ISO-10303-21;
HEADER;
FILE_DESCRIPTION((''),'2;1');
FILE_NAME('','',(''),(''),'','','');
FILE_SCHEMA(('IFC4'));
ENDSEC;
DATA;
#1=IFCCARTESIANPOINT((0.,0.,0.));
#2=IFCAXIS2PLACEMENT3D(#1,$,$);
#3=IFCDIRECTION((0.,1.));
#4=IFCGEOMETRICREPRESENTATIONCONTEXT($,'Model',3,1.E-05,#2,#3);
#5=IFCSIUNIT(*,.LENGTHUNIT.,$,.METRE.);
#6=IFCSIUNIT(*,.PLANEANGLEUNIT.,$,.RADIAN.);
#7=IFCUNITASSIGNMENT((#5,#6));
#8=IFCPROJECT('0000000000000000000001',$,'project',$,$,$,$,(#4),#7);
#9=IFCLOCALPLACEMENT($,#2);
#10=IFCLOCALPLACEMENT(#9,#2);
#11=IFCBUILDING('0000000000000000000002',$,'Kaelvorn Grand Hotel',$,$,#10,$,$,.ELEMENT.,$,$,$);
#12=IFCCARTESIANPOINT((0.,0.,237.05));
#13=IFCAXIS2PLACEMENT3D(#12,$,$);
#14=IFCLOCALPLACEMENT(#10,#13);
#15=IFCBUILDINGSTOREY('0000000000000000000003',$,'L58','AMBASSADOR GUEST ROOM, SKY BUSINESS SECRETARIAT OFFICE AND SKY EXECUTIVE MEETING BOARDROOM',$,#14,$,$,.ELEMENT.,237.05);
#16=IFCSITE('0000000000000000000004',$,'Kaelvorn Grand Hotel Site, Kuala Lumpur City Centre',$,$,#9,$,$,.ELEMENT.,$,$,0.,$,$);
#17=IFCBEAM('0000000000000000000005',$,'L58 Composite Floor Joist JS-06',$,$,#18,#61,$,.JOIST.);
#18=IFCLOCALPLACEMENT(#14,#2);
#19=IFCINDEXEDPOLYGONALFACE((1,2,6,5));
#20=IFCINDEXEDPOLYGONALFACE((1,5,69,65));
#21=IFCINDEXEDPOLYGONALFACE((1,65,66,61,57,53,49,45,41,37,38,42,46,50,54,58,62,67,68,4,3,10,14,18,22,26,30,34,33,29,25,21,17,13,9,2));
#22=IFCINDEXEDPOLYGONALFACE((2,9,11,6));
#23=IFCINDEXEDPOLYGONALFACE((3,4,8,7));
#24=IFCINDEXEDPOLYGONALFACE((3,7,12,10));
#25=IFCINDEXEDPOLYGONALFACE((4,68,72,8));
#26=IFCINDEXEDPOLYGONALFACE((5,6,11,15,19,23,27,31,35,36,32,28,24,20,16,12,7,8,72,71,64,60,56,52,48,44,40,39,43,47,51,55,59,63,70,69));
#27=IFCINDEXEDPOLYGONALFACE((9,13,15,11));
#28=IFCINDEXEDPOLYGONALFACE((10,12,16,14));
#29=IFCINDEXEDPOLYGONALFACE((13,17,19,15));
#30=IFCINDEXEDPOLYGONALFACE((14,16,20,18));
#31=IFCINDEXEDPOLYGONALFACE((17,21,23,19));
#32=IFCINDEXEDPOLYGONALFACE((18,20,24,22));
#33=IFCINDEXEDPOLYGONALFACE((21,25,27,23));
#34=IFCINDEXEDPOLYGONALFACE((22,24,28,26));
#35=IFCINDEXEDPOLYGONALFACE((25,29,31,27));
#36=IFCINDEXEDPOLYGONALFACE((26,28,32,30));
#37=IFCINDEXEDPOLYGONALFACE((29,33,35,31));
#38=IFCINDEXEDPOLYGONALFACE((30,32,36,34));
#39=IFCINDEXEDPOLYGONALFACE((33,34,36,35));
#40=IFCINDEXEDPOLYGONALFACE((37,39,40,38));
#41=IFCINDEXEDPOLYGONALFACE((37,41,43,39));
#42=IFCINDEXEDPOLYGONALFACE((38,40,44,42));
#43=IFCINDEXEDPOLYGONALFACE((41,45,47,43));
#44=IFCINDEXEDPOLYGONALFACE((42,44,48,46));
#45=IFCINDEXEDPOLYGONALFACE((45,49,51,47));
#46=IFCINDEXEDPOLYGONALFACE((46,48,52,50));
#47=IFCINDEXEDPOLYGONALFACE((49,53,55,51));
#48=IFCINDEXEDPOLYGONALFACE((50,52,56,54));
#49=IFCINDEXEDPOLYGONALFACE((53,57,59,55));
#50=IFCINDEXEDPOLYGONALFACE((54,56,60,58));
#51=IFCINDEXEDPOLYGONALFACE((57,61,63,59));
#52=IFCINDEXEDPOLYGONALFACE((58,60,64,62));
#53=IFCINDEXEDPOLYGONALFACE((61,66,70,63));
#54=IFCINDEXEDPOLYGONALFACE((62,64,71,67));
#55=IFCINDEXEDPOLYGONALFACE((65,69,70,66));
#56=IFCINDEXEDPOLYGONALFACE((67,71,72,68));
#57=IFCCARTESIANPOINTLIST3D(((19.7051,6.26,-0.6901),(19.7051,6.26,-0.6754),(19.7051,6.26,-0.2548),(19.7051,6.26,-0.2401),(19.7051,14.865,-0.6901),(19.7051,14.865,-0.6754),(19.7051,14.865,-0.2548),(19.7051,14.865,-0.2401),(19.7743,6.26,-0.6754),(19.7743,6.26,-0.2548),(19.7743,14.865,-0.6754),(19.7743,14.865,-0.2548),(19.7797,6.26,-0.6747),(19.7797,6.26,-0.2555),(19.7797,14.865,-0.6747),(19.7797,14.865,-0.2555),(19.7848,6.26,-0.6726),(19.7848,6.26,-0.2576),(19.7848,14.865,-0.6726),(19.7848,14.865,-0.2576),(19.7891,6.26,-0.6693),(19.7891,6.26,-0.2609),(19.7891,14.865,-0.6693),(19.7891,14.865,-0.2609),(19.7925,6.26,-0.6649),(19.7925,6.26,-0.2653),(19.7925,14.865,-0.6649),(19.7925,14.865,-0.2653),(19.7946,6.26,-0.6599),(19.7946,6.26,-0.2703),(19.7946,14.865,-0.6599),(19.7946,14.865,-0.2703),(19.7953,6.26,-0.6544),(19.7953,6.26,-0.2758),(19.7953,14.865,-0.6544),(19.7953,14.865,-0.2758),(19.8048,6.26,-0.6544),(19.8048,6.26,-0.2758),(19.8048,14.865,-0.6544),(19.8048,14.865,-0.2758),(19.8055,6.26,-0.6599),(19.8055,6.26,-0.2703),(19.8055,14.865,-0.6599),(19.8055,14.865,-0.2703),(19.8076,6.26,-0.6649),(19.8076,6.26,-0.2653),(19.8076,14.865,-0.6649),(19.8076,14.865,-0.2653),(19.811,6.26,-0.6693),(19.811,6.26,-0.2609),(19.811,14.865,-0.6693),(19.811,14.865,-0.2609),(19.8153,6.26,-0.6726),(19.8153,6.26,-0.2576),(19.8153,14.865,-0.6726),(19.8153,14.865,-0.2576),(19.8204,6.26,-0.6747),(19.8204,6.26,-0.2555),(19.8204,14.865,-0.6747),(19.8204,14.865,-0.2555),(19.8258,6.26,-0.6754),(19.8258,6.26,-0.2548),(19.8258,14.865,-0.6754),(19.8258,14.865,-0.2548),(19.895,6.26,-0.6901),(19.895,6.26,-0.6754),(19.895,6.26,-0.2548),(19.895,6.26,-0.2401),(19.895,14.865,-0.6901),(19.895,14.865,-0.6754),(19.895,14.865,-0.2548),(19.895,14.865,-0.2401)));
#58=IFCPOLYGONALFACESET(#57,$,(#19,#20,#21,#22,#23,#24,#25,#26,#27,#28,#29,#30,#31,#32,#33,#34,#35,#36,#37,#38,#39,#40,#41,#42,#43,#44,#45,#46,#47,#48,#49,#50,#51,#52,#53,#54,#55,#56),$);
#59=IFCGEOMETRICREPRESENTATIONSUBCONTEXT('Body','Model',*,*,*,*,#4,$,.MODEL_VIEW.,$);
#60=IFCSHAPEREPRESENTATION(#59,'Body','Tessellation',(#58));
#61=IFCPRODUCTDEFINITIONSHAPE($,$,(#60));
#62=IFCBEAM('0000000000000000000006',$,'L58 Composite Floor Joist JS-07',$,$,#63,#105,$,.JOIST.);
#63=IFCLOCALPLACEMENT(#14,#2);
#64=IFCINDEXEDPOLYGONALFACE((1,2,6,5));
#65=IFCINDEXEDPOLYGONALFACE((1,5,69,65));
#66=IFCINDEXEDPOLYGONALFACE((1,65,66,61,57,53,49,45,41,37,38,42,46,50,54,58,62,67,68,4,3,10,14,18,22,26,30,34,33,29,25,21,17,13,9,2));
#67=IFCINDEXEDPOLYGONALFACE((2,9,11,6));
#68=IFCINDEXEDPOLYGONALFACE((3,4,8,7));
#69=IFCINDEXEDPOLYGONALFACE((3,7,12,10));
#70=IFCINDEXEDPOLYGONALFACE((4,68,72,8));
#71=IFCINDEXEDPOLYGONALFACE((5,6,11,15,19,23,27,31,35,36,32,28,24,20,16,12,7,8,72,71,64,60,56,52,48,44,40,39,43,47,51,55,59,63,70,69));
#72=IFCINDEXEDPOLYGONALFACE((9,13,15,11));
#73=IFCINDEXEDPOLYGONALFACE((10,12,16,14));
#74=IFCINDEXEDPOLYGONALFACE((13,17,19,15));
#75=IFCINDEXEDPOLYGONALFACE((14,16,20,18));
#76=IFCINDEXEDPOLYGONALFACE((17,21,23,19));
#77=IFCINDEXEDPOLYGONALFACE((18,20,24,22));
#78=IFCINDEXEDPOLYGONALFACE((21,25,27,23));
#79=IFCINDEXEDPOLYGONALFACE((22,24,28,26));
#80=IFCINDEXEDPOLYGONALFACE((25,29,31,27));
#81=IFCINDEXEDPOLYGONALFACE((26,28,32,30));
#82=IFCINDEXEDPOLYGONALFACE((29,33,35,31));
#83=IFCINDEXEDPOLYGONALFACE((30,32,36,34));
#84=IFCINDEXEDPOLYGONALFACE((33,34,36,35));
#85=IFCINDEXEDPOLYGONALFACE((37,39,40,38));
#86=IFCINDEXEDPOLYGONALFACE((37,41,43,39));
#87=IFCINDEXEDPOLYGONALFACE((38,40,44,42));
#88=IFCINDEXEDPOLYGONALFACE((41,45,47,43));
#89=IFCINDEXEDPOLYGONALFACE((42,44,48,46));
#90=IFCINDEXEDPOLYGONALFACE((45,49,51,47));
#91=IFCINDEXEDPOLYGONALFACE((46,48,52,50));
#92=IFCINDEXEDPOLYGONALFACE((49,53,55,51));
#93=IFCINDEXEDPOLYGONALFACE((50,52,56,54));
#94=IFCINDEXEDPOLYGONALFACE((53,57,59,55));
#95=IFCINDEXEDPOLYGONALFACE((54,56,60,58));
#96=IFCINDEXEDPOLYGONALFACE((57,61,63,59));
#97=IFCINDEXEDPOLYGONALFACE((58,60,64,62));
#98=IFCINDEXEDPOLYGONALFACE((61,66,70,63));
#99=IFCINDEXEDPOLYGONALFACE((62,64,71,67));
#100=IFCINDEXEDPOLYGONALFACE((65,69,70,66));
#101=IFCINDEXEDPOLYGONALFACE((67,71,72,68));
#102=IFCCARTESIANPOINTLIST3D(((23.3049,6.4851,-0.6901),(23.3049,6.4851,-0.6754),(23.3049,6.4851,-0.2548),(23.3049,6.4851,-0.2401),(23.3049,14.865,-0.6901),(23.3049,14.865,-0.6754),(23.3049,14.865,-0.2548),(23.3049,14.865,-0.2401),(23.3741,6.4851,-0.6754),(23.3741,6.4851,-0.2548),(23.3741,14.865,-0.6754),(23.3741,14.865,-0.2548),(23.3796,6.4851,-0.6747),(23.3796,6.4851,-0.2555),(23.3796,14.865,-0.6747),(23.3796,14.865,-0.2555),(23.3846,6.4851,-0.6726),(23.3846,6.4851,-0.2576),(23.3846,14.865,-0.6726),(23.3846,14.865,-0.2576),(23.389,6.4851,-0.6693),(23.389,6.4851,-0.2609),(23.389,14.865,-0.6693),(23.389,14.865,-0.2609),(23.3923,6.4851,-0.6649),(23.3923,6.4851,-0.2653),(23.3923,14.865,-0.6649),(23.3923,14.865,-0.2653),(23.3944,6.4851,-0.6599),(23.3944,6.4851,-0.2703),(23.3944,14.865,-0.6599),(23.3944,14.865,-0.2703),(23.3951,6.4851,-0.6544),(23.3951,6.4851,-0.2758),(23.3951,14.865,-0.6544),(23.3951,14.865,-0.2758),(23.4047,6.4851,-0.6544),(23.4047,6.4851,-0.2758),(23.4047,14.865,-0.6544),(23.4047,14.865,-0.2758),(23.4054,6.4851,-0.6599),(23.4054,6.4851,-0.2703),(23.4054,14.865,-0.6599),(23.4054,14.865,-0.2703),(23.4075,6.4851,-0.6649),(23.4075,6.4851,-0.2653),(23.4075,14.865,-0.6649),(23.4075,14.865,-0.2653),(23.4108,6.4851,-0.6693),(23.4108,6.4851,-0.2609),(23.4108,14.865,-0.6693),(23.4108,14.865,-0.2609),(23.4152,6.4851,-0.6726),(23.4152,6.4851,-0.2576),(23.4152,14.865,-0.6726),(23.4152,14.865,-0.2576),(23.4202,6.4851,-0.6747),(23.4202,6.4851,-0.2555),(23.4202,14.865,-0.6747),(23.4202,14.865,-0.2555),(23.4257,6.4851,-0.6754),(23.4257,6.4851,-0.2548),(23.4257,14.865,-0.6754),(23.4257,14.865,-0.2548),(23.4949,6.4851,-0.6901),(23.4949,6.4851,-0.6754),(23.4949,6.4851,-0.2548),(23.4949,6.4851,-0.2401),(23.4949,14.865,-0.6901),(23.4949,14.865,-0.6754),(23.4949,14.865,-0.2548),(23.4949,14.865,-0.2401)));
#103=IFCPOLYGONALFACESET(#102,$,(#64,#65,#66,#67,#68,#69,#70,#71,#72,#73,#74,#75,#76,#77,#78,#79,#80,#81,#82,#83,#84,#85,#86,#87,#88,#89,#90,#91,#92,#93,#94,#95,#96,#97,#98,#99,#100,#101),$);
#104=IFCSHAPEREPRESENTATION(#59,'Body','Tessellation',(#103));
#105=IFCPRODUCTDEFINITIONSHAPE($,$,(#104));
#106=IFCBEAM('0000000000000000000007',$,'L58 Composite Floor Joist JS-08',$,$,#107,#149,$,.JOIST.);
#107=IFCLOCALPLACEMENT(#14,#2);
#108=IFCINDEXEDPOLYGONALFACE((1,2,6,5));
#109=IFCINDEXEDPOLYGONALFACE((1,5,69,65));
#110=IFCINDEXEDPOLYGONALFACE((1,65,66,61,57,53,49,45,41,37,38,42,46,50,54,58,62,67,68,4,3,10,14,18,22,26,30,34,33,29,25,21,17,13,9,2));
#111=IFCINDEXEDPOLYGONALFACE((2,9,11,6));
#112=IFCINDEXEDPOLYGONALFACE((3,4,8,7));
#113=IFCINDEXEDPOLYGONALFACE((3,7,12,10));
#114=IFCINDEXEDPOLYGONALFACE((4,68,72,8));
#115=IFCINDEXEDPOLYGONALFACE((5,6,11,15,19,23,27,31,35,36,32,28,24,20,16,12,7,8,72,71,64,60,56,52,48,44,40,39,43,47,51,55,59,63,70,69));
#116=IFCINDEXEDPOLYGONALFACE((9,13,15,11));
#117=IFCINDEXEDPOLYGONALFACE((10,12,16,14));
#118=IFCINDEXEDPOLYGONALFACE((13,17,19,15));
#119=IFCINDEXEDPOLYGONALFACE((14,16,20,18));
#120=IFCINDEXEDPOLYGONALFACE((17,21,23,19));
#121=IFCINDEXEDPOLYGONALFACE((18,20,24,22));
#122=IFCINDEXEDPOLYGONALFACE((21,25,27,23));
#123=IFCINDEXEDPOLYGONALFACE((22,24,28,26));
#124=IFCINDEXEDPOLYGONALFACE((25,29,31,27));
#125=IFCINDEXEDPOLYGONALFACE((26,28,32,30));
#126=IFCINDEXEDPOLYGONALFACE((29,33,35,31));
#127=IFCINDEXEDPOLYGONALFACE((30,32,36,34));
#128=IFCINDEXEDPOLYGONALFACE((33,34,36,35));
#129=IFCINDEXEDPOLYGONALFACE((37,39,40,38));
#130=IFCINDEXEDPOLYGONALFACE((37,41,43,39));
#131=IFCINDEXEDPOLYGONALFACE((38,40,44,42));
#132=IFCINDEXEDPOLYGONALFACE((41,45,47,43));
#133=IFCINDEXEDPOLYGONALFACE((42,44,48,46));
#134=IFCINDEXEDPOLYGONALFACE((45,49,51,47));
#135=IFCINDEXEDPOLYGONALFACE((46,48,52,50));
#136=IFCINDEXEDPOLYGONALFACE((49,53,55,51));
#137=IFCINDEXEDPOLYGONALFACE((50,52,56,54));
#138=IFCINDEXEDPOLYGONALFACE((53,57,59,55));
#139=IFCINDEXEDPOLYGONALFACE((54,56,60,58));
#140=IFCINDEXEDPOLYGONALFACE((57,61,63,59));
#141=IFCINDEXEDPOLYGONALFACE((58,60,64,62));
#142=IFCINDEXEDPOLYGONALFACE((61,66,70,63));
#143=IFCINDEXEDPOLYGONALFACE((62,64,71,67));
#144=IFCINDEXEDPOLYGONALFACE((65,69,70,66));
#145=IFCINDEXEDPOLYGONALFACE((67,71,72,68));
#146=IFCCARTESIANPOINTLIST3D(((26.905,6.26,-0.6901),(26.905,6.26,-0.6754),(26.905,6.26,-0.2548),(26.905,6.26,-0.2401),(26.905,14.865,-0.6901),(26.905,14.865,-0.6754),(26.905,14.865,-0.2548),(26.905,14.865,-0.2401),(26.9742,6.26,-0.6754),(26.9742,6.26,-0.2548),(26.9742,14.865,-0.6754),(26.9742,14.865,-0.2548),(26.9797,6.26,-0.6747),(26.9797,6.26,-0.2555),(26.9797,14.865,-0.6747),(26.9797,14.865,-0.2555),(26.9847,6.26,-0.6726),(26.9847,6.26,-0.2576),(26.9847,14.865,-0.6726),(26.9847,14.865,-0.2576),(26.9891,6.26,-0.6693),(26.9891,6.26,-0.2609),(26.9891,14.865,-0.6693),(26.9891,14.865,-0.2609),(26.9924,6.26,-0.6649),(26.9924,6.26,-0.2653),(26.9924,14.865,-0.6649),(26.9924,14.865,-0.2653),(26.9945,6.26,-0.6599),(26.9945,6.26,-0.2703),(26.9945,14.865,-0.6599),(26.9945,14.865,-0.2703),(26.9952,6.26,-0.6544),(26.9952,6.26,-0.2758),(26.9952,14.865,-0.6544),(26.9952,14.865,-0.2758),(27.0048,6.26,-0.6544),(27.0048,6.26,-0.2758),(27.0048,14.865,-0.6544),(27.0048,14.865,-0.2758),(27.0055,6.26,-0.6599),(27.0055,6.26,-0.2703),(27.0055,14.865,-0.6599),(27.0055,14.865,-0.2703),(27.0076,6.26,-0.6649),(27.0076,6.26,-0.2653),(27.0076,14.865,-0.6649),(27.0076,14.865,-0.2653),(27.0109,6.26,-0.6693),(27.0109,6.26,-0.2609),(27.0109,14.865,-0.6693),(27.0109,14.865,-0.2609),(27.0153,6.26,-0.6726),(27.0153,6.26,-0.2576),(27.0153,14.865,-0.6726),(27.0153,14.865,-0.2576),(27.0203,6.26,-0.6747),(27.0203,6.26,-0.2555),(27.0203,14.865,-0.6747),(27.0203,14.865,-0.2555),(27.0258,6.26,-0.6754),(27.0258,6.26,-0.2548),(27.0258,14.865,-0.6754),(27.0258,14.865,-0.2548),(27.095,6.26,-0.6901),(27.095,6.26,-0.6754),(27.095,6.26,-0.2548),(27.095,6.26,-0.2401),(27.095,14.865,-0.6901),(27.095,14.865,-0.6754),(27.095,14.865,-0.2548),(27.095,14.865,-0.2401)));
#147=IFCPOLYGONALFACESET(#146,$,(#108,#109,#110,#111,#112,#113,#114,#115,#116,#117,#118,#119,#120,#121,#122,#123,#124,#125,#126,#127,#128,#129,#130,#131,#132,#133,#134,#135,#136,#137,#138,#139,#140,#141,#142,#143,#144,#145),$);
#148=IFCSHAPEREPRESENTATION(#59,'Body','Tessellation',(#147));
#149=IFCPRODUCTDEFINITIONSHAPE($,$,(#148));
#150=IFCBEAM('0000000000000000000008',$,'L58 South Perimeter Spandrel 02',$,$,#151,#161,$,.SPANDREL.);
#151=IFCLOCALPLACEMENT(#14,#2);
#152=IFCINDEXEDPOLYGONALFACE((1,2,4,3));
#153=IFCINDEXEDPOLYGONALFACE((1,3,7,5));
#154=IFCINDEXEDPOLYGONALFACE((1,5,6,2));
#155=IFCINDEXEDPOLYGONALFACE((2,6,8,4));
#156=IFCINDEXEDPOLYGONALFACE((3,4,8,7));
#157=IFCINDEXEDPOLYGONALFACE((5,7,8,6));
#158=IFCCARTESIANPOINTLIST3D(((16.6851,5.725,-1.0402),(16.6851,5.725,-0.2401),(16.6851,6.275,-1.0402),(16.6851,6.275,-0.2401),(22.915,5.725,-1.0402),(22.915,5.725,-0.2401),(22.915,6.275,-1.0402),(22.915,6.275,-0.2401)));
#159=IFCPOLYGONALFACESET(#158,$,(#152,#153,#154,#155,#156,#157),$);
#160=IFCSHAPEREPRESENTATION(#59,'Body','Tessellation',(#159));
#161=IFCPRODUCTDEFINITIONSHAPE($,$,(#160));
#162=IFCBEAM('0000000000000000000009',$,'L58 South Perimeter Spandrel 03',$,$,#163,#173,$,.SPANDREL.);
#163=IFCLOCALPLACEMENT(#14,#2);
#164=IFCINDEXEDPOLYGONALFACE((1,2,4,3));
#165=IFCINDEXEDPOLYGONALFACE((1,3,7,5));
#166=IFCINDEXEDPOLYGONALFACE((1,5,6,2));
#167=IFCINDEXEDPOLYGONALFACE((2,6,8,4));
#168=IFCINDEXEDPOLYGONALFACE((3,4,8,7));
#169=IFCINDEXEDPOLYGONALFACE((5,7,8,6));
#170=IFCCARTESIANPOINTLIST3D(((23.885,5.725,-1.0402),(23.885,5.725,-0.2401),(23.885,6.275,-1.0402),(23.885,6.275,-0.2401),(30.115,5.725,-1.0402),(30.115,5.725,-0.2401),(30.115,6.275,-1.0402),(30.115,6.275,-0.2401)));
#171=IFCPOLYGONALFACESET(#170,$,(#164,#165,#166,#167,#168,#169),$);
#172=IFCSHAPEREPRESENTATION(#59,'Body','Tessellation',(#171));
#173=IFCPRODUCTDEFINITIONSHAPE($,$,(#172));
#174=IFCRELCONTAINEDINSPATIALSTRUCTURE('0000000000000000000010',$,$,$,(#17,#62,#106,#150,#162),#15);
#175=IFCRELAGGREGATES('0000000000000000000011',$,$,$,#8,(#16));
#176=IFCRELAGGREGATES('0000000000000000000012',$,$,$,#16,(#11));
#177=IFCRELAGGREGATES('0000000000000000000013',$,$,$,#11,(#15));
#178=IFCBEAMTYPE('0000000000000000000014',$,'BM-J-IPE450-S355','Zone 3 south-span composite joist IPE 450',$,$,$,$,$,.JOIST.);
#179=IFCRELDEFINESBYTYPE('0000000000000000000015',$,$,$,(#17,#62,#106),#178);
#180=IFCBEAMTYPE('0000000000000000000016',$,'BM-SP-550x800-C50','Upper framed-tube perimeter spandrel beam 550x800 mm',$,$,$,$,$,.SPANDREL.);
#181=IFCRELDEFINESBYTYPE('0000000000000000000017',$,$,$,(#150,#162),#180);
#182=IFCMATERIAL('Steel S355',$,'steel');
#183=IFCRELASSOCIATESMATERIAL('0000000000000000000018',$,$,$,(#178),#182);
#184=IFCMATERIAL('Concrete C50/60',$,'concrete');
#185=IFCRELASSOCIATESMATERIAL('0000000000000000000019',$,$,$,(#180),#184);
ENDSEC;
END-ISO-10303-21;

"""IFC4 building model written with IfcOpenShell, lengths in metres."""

from ifc_helpers import new_model, si_unit, direction, frame, origin, origin_2d, place, context, subcontext, project, spatial, rectangle, i_section, extrude, material, material_profile, profile_set, type_object, element, save


model = new_model("IFC4")

# Units and contexts
model_context = context("Model", 3, precision=1e-05, world=origin(), true_north=direction((0.0, 1.0)))
body_context = subcontext(model_context, "Body", "Model", "MODEL_VIEW")
ifc_project = project(units=[si_unit("LENGTHUNIT", "METRE"), si_unit("PLANEANGLEUNIT", "RADIAN")], contexts=[model_context])

# Site, building, storey
site_placement = place(None, origin())
site = spatial("IfcSite", under=ifc_project, at=site_placement, Name="Kaelvorn Grand Hotel Site, Kuala Lumpur City Centre", CompositionType="ELEMENT", RefElevation=0.0)
building_placement = place(site_placement, origin())
building = spatial("IfcBuilding", under=site, at=building_placement, Name="Kaelvorn Grand Hotel", CompositionType="ELEMENT")
storey_placement = place(building_placement, frame((0.0, 0.0, 237.05)))
storey = spatial("IfcBuildingStorey", under=building, at=storey_placement, Name="L58", Description="AMBASSADOR GUEST ROOM, SKY BUSINESS SECRETARIAT OFFICE AND SKY EXECUTIVE MEETING BOARDROOM", CompositionType="ELEMENT", Elevation=237.05)

# Shared definitions
ifc_material_1 = material(Name="Concrete C50/60", Category="concrete")

# Beams
ifc_material_2 = material(Name="Steel S355", Category="steel")
ifc_material_profile_1 = material_profile(ifc_material_2, i_section(OverallWidth=0.1899, OverallDepth=0.45, WebThickness=0.0095, FlangeThickness=0.0146, FilletRadius=0.021, at=origin_2d()), Name="IPE 450")
ifc_profile_set_1 = profile_set([ifc_material_profile_1], Name="Steel S355")
beam_type_1 = type_object("IfcBeamType", Name="BM-J-IPE450-S355", Description="Zone 3 south-span composite joist IPE 450", PredefinedType="JOIST", material=ifc_profile_set_1)
beam_1_placement = place(storey_placement, frame((19.8, 6.26, -0.4651), z_axis=(0.0, 1.0, 0.0), x_axis=(-1.0, 0.0, 0.0)))
element("IfcBeam", 1, at=beam_1_placement, inside=storey, type_object=beam_type_1, Name="L58 Composite Floor Joist JS-06", PredefinedType="JOIST", context=body_context, shape_type="SweptSolid", body=[
    extrude(i_section(OverallWidth=0.1899, OverallDepth=0.45, WebThickness=0.0095, FlangeThickness=0.0146, FilletRadius=0.021, at=origin_2d()), origin(), (0.0, 0.0, 1.0), 8.605),
])
beam_2_placement = place(storey_placement, frame((23.3999, 6.4851, -0.4651), z_axis=(0.0, 1.0, 0.0), x_axis=(-1.0, 0.0, 0.0)))
element("IfcBeam", 2, at=beam_2_placement, inside=storey, type_object=beam_type_1, Name="L58 Composite Floor Joist JS-07", PredefinedType="JOIST", context=body_context, shape_type="SweptSolid", body=[
    extrude(i_section(OverallWidth=0.1899, OverallDepth=0.45, WebThickness=0.0095, FlangeThickness=0.0146, FilletRadius=0.021, at=origin_2d()), origin(), (0.0, 0.0, 1.0), 8.3799),
])
beam_3_placement = place(storey_placement, frame((27.0, 6.26, -0.4651), z_axis=(0.0, 1.0, 0.0), x_axis=(-1.0, 0.0, 0.0)))
element("IfcBeam", 3, at=beam_3_placement, inside=storey, type_object=beam_type_1, Name="L58 Composite Floor Joist JS-08", PredefinedType="JOIST", context=body_context, shape_type="SweptSolid", body=[
    extrude(i_section(OverallWidth=0.1899, OverallDepth=0.45, WebThickness=0.0095, FlangeThickness=0.0146, FilletRadius=0.021, at=origin_2d()), origin(), (0.0, 0.0, 1.0), 8.605),
])
ifc_material_profile_2 = material_profile(ifc_material_1, rectangle(XDim=0.55, YDim=0.8, at=origin_2d()), Name="RC SPANDREL 550x800")
ifc_profile_set_2 = profile_set([ifc_material_profile_2], Name="Concrete C50/60")
beam_type_2 = type_object("IfcBeamType", Name="BM-SP-550x800-C50", Description="Upper framed-tube perimeter spandrel beam 550x800 mm", PredefinedType="SPANDREL", material=ifc_profile_set_2)
for number, where, z_axis, x_axis, name in (
    (4, (16.6851, 6.0, -0.6401), (1.0, 0.0, 0.0), (0.0, 1.0, 0.0), "L58 South Perimeter Spandrel 02"),
    (5, (23.885, 6.0, -0.6401), (1.0, 0.0, 0.0), (0.0, 1.0, 0.0), "L58 South Perimeter Spandrel 03"),
):
    element("IfcBeam", number, at=place(storey_placement, frame(where, z_axis=z_axis, x_axis=x_axis)), inside=storey, type_object=beam_type_2, Name=name, PredefinedType="SPANDREL", context=body_context, shape_type="SweptSolid", body=[
        extrude(rectangle(XDim=0.55, YDim=0.8, at=origin_2d()), origin(), (0.0, 0.0, 1.0), 6.23),
    ])

save(model, "model.ifc")
